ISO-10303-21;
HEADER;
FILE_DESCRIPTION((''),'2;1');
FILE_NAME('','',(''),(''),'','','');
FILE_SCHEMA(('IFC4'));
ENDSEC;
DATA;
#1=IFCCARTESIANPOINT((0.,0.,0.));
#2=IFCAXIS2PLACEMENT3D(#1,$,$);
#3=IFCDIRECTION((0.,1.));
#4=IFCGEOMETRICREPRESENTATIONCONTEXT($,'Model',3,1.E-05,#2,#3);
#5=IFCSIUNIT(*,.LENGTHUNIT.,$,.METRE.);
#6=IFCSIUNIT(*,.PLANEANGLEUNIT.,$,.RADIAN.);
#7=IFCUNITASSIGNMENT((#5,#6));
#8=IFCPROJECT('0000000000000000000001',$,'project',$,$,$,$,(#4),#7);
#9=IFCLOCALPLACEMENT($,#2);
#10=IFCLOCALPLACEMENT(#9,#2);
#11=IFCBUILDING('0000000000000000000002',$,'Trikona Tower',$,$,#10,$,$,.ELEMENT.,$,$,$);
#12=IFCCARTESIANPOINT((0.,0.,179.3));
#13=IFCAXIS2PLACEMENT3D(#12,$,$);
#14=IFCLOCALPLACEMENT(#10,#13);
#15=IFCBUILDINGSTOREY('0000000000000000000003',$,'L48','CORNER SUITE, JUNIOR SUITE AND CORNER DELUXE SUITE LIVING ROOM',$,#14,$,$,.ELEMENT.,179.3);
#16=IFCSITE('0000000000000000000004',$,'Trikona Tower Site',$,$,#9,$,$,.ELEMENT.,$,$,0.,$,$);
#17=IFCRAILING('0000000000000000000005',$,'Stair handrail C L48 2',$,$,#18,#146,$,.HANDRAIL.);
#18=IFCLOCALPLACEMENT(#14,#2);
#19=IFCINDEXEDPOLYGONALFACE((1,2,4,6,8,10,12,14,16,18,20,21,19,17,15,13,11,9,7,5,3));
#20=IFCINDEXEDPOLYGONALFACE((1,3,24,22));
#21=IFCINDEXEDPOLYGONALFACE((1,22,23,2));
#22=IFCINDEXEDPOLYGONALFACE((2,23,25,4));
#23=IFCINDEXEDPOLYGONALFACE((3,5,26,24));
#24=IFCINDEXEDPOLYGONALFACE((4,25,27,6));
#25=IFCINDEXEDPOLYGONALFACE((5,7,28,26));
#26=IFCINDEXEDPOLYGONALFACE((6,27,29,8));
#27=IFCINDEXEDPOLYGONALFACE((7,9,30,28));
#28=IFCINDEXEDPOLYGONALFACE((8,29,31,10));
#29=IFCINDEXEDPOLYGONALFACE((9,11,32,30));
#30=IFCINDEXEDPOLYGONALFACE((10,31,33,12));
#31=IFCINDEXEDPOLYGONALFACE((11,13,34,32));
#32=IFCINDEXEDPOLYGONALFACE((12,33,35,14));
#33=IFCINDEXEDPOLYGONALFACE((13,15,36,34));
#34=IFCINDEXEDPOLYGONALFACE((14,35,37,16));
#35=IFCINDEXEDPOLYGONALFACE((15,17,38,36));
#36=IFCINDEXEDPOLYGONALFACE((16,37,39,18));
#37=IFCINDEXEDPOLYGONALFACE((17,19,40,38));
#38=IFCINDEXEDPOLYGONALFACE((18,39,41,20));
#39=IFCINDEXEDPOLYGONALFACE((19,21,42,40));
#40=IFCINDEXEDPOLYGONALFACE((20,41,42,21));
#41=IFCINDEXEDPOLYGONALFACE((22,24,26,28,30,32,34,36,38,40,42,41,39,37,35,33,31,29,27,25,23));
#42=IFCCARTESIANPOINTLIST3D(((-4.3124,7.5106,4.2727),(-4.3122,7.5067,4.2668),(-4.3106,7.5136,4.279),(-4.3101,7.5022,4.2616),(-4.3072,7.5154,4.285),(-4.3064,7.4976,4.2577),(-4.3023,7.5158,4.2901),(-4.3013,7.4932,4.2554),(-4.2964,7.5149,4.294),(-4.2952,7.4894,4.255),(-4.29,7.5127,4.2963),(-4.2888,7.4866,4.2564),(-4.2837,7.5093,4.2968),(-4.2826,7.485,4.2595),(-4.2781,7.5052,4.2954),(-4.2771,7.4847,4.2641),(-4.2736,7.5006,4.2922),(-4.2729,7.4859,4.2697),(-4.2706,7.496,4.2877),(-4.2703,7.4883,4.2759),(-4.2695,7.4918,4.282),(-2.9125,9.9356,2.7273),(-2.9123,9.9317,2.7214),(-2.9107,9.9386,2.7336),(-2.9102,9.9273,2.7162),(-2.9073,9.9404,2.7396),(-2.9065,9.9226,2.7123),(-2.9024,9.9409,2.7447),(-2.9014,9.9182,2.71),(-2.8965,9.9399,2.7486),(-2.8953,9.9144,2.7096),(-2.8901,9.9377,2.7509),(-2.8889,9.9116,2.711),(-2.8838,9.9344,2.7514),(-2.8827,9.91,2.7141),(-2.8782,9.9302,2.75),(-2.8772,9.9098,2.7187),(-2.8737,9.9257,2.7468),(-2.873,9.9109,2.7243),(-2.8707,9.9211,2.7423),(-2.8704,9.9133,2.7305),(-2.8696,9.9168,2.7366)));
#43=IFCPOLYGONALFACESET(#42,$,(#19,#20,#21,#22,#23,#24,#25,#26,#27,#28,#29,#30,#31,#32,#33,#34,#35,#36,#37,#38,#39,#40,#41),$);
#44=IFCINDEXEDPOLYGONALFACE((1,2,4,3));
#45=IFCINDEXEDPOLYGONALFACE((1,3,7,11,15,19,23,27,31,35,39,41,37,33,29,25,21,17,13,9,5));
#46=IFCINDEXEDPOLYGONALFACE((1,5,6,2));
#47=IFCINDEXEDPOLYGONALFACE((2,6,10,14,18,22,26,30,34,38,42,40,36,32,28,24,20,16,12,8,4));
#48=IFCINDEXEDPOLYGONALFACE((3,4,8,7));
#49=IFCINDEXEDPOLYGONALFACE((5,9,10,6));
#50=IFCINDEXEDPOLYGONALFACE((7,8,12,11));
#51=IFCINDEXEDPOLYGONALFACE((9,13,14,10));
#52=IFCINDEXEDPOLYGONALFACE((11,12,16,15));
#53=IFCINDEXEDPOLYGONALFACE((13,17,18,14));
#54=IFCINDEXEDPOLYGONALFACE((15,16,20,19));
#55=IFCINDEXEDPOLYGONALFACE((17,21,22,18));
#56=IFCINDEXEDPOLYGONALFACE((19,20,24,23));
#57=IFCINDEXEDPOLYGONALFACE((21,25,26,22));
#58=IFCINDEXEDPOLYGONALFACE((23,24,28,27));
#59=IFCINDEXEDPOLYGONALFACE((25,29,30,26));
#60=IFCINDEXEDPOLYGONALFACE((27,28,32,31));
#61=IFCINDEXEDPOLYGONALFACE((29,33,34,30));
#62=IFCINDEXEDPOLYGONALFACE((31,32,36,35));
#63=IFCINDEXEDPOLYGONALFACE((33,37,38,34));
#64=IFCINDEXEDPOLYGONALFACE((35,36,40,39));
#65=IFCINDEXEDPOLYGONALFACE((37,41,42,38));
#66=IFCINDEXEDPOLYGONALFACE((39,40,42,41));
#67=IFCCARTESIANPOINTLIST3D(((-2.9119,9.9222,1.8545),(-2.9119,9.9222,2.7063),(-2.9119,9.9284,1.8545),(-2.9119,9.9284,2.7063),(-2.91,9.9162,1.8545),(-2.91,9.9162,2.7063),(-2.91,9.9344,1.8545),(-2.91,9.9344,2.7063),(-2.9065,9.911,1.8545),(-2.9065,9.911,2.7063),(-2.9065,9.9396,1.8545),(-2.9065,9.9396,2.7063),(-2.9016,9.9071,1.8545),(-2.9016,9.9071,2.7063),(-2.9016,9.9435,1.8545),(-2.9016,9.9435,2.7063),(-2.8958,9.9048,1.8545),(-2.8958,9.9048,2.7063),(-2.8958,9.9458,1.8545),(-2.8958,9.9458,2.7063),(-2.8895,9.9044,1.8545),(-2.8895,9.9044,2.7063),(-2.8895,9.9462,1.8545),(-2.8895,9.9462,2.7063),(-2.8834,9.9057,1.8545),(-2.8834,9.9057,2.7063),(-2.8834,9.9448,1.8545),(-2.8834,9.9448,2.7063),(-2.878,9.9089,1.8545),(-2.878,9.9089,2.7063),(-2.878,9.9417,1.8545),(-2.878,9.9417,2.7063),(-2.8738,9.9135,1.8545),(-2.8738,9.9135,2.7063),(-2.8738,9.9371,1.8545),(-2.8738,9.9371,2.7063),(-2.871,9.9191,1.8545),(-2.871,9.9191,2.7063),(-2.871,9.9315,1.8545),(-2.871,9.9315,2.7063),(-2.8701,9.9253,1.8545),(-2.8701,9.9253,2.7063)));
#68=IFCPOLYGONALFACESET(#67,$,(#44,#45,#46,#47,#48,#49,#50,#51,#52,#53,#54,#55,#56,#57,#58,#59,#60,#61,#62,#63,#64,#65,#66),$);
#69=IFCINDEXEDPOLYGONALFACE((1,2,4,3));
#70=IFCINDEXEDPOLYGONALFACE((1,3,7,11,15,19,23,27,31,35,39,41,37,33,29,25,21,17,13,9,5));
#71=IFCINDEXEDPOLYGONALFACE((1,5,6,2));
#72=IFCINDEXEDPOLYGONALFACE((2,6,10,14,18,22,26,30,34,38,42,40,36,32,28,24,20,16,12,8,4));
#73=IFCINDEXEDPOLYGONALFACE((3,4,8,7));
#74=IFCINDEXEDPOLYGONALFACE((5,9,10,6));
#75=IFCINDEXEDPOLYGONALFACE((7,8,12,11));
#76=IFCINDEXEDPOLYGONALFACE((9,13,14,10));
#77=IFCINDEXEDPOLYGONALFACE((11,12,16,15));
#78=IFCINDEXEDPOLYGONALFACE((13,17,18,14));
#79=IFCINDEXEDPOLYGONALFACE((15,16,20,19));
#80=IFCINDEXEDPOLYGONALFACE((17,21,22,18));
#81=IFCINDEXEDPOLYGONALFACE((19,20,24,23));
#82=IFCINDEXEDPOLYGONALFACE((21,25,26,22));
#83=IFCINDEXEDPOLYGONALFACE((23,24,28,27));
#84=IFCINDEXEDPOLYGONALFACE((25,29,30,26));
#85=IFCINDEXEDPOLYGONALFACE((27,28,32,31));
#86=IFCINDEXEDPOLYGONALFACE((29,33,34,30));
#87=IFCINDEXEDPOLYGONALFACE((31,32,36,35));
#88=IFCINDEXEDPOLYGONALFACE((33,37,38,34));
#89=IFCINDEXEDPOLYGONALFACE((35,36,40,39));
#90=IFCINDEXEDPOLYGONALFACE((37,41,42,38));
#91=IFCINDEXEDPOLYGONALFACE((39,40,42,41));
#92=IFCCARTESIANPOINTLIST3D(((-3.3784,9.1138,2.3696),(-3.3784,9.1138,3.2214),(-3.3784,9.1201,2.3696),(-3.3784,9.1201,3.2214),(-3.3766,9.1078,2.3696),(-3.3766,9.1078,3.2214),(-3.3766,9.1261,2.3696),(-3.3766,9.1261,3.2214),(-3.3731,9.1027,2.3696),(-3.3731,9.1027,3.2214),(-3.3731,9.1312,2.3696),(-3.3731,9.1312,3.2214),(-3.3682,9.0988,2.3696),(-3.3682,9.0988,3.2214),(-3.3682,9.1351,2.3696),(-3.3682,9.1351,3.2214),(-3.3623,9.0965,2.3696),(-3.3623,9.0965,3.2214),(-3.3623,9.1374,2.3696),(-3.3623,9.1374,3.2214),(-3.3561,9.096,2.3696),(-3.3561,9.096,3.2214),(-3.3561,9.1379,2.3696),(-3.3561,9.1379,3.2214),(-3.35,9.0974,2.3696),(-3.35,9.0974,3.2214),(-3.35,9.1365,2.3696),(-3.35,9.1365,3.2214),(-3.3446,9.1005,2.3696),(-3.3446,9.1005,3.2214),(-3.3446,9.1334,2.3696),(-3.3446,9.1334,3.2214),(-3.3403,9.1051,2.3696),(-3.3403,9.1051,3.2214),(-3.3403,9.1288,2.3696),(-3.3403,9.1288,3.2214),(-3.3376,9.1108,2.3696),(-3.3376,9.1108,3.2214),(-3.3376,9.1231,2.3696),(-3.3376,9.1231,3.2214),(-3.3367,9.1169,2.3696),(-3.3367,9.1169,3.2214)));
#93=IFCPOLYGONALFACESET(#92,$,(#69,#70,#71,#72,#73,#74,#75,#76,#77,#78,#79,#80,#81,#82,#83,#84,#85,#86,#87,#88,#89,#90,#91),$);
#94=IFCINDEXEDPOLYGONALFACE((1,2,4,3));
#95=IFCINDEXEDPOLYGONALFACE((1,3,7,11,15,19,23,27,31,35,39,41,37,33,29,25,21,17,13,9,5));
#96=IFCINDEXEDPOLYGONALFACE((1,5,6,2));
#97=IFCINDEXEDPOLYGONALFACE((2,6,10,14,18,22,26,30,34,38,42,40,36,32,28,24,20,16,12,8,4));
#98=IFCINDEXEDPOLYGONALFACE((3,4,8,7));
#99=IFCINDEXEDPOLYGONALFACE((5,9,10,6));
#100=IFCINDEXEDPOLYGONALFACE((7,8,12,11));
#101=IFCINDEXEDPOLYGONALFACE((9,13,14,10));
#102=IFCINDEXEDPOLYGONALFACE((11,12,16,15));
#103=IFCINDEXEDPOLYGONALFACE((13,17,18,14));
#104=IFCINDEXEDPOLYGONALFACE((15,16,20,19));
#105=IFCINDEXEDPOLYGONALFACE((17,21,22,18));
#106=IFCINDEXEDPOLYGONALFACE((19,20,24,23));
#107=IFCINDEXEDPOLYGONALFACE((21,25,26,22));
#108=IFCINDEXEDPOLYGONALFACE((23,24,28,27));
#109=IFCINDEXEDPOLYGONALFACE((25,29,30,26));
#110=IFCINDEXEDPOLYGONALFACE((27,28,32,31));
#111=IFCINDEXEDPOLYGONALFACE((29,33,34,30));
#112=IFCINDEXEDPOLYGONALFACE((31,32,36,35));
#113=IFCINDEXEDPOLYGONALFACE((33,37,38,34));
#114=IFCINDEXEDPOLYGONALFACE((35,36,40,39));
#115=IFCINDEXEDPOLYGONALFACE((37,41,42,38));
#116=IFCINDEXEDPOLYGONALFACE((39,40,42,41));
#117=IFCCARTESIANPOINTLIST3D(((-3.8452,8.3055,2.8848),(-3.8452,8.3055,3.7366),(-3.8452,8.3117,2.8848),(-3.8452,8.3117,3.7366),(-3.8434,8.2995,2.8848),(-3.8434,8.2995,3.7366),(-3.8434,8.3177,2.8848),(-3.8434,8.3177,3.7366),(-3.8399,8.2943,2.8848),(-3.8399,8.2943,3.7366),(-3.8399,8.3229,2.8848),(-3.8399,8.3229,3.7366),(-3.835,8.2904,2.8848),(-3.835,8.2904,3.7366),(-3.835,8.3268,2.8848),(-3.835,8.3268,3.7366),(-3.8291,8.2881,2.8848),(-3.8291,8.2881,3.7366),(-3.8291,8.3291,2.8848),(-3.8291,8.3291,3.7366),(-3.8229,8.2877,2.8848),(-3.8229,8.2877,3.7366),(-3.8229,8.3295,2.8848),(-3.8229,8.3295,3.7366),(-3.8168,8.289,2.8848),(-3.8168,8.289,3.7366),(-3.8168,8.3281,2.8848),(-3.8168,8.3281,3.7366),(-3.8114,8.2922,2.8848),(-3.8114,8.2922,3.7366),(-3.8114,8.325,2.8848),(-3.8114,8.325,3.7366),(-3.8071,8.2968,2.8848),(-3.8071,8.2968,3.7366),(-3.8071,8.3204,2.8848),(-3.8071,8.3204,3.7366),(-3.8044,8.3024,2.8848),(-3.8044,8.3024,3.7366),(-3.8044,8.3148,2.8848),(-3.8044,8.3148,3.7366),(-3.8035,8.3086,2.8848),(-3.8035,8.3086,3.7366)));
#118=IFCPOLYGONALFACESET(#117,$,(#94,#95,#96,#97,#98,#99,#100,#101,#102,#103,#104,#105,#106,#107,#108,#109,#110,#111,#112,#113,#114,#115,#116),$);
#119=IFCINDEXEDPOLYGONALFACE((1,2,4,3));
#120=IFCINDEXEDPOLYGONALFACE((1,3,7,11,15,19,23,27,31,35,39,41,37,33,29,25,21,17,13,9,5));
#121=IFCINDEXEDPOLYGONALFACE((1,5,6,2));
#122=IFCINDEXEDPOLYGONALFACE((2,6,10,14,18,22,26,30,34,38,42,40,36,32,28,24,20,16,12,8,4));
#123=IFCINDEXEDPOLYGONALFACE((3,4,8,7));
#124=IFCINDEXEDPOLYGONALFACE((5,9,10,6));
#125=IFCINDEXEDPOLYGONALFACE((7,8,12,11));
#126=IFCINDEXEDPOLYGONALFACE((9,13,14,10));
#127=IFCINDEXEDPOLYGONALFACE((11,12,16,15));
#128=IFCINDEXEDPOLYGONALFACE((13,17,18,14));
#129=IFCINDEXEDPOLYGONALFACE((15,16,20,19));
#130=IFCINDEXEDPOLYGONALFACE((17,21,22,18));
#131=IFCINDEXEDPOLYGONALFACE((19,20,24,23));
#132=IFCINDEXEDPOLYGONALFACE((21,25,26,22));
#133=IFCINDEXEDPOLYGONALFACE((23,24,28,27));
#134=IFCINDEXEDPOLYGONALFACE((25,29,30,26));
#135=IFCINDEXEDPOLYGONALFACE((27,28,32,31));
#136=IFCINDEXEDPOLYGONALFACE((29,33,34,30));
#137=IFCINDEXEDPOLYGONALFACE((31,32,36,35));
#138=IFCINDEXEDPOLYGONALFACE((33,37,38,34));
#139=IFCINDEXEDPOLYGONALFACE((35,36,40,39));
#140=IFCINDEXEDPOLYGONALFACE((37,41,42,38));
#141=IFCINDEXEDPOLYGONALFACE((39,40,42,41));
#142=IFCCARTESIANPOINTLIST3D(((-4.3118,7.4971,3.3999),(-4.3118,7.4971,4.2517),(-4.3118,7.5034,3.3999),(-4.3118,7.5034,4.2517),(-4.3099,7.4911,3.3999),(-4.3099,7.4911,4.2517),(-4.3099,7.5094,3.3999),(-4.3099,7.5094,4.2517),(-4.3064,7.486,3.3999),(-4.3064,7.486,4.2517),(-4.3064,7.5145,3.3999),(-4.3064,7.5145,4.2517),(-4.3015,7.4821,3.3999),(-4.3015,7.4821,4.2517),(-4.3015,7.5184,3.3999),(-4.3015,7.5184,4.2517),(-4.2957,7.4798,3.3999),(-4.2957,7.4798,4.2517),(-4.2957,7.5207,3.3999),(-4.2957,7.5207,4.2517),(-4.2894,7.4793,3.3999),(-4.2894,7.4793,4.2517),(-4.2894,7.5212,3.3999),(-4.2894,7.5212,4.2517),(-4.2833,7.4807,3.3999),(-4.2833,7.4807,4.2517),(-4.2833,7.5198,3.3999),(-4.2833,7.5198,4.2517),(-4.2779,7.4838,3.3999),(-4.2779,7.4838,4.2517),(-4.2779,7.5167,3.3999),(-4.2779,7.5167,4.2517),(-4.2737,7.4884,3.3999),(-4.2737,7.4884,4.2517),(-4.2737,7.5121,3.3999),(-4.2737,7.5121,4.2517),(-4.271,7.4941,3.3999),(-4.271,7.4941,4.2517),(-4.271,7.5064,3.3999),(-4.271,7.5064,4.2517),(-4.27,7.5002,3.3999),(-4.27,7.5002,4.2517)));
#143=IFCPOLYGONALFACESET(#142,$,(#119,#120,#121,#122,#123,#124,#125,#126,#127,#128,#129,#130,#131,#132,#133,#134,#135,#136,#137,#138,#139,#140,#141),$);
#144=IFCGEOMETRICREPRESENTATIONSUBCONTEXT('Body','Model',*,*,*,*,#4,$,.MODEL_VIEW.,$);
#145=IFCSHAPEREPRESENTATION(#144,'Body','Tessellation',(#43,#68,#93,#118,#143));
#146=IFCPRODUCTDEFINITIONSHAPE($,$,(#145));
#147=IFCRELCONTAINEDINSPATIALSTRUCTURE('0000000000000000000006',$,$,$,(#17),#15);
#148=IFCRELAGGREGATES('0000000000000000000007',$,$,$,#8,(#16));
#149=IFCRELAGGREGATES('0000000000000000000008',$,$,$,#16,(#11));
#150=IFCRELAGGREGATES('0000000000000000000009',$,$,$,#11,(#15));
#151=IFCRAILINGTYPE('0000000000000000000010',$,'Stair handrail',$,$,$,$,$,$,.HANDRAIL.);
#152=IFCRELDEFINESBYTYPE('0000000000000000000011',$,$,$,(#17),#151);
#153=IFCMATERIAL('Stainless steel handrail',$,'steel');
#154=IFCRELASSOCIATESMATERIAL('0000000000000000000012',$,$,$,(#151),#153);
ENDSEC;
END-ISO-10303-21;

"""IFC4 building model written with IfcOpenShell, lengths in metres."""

from ifc_helpers import new_model, si_unit, direction, frame, origin, origin_2d, place, context, subcontext, project, spatial, circle, extrude, material, type_object, element, save


model = new_model("IFC4")

# Units and contexts
model_context = context("Model", 3, precision=1e-05, world=origin(), true_north=direction((0.0, 1.0)))
body_context = subcontext(model_context, "Body", "Model", "MODEL_VIEW")
ifc_project = project(units=[si_unit("LENGTHUNIT", "METRE"), si_unit("PLANEANGLEUNIT", "RADIAN")], contexts=[model_context])

# Site, building, storey
site_placement = place(None, origin())
site = spatial("IfcSite", under=ifc_project, at=site_placement, Name="Trikona Tower Site", CompositionType="ELEMENT", RefElevation=0.0)
building_placement = place(site_placement, origin())
building = spatial("IfcBuilding", under=site, at=building_placement, Name="Trikona Tower", CompositionType="ELEMENT")
storey_placement = place(building_placement, frame((0.0, 0.0, 179.3)))
storey = spatial("IfcBuildingStorey", under=building, at=storey_placement, Name="L48", Description="CORNER SUITE, JUNIOR SUITE AND CORNER DELUXE SUITE LIVING ROOM", CompositionType="ELEMENT", Elevation=179.3)

# Railing
ifc_material_1 = material(Name="Stainless steel handrail", Category="steel")
railing_type = type_object("IfcRailingType", Name="Stair handrail", PredefinedType="HANDRAIL", material=ifc_material_1)
railing_1_placement = place(storey_placement, frame((-2.8911, 9.9253, 1.8545)))
element("IfcRailing", 1, at=railing_1_placement, inside=storey, type_object=railing_type, Name="Stair handrail C L48 2", PredefinedType="HANDRAIL", context=body_context, shape_type="SweptSolid", body=[
    extrude(circle(Radius=0.0239, at=origin_2d()), frame((0.0, 0.0, 0.876), z_axis=(-0.437707, -0.75824, 0.483203), x_axis=(0.866056, -0.499946, 0.0)), (0.0, 0.0, 1.0), 3.1982),
    extrude(circle(Radius=0.021, at=origin_2d()), origin(), (0.0, 0.0, 1.0), 0.8518),
    extrude(circle(Radius=0.021, at=origin_2d()), frame((-0.4666, -0.8083, 0.5151)), (0.0, 0.0, 1.0), 0.8518),
    extrude(circle(Radius=0.021, at=origin_2d()), frame((-0.9333, -1.6167, 1.0303)), (0.0, 0.0, 1.0), 0.8518),
    extrude(circle(Radius=0.021, at=origin_2d()), frame((-1.3999, -2.425, 1.5454)), (0.0, 0.0, 1.0), 0.8518),
])

save(model, "model.ifc")
